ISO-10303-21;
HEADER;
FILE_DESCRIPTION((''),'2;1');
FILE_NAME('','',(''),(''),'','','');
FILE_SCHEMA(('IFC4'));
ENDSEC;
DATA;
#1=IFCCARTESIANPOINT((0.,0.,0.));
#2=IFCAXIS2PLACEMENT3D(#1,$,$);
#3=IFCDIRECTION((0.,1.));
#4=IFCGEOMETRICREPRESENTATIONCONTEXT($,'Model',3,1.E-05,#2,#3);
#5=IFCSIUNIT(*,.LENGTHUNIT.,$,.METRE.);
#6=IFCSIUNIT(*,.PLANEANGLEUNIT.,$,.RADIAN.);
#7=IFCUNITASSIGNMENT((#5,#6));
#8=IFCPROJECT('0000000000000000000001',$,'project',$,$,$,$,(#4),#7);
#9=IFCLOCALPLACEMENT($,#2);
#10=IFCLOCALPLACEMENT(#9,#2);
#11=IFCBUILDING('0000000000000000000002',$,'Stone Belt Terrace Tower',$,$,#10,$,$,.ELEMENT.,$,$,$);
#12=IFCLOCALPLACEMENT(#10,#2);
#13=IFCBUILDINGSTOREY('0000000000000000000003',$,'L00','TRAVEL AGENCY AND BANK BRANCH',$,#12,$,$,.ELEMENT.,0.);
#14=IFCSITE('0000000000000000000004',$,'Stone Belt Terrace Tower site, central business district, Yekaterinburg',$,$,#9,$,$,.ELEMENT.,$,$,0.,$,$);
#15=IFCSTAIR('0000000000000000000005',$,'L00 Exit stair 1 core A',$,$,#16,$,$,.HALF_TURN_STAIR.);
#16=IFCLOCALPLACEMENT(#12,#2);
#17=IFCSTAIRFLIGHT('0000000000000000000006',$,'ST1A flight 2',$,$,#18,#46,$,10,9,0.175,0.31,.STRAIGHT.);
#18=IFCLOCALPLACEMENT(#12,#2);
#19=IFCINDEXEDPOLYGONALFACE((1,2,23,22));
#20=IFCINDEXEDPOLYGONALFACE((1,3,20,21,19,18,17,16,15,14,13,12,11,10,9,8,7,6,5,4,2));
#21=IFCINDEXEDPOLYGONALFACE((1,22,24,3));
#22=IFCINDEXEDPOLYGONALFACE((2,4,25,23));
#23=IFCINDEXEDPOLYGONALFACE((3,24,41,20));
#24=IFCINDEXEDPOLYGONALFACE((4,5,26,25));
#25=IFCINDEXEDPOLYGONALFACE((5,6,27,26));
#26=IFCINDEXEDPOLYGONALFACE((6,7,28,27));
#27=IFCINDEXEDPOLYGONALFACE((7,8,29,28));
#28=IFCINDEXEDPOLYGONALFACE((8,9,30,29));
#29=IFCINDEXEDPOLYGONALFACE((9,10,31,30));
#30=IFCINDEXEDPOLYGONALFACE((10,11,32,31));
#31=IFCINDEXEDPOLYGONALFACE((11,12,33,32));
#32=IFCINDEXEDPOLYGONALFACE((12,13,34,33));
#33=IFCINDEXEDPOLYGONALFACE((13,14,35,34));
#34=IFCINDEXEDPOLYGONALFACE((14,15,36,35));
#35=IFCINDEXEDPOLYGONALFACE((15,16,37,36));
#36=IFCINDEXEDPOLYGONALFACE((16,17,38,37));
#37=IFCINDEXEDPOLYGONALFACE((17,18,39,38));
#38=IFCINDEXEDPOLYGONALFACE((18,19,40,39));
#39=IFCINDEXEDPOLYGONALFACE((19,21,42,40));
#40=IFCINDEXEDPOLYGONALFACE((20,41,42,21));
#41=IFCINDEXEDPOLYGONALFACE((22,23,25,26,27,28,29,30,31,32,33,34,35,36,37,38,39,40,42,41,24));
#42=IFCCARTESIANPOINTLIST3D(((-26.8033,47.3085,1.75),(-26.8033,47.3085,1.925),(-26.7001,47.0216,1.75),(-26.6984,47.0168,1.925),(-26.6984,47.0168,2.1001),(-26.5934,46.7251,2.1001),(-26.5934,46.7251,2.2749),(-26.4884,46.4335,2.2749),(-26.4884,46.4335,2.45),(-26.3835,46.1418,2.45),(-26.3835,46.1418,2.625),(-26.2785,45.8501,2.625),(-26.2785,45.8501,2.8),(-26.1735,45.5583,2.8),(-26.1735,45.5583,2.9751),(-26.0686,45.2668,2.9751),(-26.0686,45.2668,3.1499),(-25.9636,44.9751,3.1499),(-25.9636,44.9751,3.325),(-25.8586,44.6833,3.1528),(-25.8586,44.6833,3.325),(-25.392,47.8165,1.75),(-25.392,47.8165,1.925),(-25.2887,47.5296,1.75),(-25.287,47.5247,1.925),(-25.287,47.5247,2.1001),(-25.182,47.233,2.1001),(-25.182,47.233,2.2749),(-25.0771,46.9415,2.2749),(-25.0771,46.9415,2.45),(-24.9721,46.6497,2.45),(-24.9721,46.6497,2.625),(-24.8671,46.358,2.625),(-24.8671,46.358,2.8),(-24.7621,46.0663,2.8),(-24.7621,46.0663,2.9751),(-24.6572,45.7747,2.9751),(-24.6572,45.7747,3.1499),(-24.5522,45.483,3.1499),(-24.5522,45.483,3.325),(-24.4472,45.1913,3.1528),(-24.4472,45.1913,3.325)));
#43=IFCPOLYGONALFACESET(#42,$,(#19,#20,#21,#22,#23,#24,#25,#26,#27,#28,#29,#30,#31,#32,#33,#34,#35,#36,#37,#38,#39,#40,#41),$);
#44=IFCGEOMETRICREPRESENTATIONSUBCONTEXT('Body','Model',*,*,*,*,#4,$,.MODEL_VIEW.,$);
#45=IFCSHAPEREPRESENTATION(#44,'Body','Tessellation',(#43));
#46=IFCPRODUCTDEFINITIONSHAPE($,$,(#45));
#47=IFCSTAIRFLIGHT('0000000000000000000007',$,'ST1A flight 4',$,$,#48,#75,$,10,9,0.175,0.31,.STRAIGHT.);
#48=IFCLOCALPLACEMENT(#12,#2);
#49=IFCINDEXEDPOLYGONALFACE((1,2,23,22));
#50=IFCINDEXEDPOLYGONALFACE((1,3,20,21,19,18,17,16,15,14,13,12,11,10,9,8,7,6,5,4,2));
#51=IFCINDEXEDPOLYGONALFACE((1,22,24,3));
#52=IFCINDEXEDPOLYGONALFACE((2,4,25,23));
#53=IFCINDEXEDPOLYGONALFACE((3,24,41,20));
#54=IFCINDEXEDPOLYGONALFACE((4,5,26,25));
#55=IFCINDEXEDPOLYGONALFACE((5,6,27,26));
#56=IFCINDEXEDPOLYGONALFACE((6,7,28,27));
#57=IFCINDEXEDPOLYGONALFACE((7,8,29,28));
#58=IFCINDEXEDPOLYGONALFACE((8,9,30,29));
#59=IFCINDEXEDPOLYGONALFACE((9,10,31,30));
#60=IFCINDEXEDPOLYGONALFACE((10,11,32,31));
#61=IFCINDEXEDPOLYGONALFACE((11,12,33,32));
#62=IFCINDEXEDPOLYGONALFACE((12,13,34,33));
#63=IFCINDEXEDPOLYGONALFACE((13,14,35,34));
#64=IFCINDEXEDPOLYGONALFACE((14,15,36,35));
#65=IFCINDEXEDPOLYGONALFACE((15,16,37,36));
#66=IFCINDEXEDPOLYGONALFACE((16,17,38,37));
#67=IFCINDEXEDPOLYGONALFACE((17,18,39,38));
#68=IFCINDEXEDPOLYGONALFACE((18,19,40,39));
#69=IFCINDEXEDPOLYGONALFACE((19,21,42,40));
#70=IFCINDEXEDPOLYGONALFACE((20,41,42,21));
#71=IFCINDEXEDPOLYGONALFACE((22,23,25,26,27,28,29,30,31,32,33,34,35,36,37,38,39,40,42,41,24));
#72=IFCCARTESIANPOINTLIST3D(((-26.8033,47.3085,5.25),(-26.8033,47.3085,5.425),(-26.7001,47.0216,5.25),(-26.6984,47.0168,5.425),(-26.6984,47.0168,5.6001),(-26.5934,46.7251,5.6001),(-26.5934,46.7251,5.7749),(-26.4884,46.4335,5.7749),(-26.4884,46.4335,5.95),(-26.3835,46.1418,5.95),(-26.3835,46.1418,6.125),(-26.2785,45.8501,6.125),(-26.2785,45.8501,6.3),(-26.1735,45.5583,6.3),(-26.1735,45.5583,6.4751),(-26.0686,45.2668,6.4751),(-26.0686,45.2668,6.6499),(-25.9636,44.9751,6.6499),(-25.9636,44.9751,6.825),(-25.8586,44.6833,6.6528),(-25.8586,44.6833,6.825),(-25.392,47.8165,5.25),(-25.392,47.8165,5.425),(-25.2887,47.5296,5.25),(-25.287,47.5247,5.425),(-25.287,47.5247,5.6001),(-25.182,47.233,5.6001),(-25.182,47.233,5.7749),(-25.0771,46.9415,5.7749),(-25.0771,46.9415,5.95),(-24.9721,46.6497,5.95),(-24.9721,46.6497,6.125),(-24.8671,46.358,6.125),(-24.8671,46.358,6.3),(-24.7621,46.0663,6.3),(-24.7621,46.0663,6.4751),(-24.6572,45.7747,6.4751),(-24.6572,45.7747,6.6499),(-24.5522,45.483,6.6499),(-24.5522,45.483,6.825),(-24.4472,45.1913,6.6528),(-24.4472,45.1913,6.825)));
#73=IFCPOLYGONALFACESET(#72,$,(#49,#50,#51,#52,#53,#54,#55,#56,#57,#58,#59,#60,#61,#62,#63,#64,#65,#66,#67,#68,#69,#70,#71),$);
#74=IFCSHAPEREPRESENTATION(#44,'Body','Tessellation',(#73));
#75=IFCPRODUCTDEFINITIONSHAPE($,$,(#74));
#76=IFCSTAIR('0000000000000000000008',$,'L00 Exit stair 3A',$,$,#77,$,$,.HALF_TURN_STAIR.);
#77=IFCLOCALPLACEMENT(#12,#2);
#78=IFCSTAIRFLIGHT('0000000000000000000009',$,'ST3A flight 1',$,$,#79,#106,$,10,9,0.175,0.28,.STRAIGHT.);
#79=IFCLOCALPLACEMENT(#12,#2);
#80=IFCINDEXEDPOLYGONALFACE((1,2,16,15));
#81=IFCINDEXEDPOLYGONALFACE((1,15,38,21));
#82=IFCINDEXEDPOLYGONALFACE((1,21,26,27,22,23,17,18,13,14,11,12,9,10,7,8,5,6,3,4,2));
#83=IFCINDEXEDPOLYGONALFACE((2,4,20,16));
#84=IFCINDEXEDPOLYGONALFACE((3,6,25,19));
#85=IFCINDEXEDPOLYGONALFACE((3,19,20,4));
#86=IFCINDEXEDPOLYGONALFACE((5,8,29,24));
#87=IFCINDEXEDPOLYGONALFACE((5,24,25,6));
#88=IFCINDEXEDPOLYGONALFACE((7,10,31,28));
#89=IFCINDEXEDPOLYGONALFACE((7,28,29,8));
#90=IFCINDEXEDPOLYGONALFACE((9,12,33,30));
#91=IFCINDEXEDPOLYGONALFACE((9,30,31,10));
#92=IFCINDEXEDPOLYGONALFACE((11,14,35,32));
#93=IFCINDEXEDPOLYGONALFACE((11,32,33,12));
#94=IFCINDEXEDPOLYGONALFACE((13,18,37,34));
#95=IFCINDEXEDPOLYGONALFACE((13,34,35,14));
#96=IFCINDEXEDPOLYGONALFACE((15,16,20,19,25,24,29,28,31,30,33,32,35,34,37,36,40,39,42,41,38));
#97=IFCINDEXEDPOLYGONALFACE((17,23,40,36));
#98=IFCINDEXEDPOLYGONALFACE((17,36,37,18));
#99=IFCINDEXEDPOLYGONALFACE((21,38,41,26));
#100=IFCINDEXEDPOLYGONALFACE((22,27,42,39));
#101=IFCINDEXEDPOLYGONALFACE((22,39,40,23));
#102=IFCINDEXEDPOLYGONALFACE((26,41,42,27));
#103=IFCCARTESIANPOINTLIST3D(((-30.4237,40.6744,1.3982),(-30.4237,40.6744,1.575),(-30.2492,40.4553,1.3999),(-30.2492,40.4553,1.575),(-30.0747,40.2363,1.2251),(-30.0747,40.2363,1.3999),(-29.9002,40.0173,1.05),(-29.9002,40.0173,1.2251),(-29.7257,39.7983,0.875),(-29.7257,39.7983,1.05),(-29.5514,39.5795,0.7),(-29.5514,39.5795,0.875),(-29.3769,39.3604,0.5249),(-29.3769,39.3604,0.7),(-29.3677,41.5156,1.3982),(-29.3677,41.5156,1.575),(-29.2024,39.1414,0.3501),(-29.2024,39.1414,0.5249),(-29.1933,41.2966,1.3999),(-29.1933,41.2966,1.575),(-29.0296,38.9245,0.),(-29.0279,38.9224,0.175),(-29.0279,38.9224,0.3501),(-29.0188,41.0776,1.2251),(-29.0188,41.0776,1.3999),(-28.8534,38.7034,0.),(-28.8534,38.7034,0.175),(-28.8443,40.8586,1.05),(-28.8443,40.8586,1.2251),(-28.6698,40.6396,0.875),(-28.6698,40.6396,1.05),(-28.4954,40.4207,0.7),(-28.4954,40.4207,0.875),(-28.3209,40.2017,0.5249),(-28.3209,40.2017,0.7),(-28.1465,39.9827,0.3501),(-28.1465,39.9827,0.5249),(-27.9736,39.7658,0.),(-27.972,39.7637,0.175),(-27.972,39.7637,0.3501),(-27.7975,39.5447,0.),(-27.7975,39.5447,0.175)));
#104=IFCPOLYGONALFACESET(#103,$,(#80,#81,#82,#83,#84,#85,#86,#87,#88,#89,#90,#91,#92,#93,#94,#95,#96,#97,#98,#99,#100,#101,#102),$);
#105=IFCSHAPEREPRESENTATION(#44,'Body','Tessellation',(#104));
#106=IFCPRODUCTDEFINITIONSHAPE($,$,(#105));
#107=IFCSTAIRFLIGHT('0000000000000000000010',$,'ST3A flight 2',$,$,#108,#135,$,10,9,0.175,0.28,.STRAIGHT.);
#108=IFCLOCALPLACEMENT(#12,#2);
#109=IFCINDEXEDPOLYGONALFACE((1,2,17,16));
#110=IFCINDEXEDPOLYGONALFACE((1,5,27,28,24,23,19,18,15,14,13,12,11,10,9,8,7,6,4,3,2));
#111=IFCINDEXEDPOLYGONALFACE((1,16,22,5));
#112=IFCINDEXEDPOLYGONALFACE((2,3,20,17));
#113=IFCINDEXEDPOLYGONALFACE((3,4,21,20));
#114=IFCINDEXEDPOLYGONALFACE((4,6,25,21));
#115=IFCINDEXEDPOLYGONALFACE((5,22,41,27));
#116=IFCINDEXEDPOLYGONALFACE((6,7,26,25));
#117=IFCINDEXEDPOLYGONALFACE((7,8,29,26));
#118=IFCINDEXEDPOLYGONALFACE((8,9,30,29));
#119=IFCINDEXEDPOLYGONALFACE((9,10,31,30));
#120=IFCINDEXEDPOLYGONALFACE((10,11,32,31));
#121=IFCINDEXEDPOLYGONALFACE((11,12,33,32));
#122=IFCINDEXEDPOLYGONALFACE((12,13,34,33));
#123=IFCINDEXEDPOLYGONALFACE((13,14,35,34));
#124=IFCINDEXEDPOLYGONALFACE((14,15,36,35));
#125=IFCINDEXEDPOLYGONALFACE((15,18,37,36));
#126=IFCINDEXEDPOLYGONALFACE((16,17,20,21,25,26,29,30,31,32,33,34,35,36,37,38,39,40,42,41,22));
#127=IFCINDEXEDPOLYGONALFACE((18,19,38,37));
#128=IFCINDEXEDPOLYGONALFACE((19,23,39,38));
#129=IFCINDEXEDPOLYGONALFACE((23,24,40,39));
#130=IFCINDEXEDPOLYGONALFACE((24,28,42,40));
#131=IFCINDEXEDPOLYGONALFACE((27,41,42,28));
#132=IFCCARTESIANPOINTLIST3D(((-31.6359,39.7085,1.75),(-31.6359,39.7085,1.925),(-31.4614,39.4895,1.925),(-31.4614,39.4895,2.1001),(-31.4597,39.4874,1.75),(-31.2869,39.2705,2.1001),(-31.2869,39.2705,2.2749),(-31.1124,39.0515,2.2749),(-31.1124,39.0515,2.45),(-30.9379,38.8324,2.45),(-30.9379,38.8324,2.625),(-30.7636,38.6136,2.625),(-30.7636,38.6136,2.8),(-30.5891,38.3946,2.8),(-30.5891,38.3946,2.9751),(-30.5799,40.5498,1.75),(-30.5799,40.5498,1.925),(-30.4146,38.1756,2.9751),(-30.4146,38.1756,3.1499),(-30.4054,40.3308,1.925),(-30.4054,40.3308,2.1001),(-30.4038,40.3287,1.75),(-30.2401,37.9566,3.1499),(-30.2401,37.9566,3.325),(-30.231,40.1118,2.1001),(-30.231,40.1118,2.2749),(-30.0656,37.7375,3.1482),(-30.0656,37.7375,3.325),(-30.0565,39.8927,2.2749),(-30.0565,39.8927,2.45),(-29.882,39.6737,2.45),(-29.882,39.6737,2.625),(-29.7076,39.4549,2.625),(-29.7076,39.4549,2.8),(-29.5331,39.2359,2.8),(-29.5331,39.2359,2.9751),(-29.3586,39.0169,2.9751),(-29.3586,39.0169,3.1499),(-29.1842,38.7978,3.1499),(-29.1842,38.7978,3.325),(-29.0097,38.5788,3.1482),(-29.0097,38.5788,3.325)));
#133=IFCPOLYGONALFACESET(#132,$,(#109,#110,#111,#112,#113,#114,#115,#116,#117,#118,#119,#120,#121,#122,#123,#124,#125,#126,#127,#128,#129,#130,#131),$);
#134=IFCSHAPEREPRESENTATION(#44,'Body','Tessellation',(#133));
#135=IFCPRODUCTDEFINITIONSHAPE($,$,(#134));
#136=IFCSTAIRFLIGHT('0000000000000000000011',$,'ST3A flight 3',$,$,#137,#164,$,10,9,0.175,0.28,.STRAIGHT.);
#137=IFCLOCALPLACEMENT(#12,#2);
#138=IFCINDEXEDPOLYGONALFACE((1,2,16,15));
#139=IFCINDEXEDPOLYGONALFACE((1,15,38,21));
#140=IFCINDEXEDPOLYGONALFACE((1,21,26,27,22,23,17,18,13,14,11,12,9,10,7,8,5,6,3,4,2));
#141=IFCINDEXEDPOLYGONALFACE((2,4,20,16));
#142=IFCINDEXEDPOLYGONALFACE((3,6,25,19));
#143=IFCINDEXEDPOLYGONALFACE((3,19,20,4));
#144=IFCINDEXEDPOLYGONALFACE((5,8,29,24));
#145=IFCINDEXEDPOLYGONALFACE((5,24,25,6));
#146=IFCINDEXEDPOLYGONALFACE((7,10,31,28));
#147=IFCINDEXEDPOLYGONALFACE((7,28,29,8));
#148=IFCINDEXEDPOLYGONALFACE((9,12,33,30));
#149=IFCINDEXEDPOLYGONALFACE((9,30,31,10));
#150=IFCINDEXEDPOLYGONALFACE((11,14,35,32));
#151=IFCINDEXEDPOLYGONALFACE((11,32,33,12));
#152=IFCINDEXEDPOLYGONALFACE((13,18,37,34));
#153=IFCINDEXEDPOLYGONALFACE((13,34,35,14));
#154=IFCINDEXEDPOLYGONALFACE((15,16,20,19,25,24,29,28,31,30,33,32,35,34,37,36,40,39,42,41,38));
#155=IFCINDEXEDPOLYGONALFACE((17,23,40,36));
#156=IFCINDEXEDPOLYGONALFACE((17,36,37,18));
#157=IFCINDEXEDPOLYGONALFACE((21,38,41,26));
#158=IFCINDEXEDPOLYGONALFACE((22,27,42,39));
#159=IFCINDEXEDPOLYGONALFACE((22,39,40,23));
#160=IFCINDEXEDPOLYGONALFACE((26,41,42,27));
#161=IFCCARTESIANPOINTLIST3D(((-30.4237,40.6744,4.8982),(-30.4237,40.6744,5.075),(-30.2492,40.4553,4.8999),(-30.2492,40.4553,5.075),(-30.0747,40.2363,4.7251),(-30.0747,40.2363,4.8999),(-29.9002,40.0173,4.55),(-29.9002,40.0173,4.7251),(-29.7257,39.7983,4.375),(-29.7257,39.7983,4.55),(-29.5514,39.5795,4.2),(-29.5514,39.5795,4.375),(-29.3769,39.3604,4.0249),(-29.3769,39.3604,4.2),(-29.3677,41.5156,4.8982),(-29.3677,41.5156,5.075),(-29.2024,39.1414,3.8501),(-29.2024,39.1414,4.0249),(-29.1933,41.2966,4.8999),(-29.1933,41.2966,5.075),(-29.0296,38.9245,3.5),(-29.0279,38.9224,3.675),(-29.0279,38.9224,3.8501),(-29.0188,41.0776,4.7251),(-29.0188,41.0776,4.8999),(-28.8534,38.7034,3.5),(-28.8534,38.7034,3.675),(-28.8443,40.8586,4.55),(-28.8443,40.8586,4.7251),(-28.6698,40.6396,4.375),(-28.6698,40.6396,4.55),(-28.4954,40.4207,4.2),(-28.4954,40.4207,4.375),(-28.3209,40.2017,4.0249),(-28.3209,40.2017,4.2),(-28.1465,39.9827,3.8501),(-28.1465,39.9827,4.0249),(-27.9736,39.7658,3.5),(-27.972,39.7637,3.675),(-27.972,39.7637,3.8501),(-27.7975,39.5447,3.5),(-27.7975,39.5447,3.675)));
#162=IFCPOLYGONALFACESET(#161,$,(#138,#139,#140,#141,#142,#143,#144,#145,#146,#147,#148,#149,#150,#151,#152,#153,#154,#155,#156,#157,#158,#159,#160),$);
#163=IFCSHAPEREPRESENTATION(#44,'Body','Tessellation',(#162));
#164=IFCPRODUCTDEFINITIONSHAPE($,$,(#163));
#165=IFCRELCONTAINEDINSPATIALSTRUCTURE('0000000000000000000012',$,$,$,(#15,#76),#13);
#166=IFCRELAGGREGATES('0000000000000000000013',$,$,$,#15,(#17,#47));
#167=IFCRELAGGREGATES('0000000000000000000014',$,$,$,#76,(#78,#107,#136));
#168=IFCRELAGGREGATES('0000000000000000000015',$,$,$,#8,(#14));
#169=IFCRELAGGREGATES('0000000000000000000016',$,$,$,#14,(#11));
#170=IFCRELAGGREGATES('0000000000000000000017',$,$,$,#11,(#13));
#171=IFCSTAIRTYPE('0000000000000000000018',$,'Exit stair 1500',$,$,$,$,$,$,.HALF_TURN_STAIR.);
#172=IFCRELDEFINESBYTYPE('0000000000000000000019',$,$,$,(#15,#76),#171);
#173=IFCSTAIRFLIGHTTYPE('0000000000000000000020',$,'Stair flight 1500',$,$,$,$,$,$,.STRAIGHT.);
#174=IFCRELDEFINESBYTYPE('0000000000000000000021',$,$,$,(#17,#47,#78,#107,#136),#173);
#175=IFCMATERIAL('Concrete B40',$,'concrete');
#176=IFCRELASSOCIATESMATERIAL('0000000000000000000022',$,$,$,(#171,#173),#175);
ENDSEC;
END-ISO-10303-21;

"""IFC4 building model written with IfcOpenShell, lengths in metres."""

from ifc_helpers import new_model, si_unit, direction, frame, origin, place, context, subcontext, project, spatial, polyline, outline, extrude, material, type_object, element, aggregate, save


model = new_model("IFC4")

# Units and contexts
model_context = context("Model", 3, precision=1e-05, world=origin(), true_north=direction((0.0, 1.0)))
body_context = subcontext(model_context, "Body", "Model", "MODEL_VIEW")
ifc_project = project(units=[si_unit("LENGTHUNIT", "METRE"), si_unit("PLANEANGLEUNIT", "RADIAN")], contexts=[model_context])

# Site, building, storey
site_placement = place(None, origin())
site = spatial("IfcSite", under=ifc_project, at=site_placement, Name="Stone Belt Terrace Tower site, central business district, Yekaterinburg", CompositionType="ELEMENT", RefElevation=0.0)
building_placement = place(site_placement, origin())
building = spatial("IfcBuilding", under=site, at=building_placement, Name="Stone Belt Terrace Tower", CompositionType="ELEMENT")
storey_placement = place(building_placement, origin())
storey = spatial("IfcBuildingStorey", under=building, at=storey_placement, Name="L00", Description="TRAVEL AGENCY AND BANK BRANCH", CompositionType="ELEMENT", Elevation=0.0)

# Stairs, stair flights
ifc_material_1 = material(Name="Concrete B40", Category="concrete")
stair_type = type_object("IfcStairType", Name="Exit stair 1500", PredefinedType="HALF_TURN_STAIR", material=ifc_material_1)
stair_1_placement = place(storey_placement, origin())
stair_1 = element("IfcStair", 1, at=stair_1_placement, inside=storey, type_object=stair_type, Name="L00 Exit stair 1 core A", PredefinedType="HALF_TURN_STAIR")
stair_flight_type = type_object("IfcStairFlightType", Name="Stair flight 1500", PredefinedType="STRAIGHT", material=ifc_material_1)
stair_flight_1_placement = place(storey_placement, frame((-26.0977, 47.5625, 1.75), z_axis=(0.0, 0.0, 1.0), x_axis=(0.338624, -0.940922, 0.0)))
stair_flight_1 = element("IfcStairFlight", 2, at=stair_flight_1_placement, type_object=stair_flight_type, Name="ST1A flight 2", NumberOfRisers=10, NumberOfTreads=9, PredefinedType="STRAIGHT", RiserHeight=0.175, TreadLength=0.31, context=body_context, shape_type="SweptSolid", body=[
    extrude(outline(polyline([(0.0, 0.0), (0.0, 0.175), (0.3101, 0.175), (0.3101, 0.3501), (0.6201, 0.3501), (0.6201, 0.5249), (0.9299, 0.5249), (0.9299, 0.7), (1.24, 0.7), (1.24, 0.875), (1.55, 0.875), (1.55, 1.05), (1.8601, 1.05), (1.8601, 1.2251), (2.1699, 1.2251), (2.1699, 1.3999), (2.48, 1.3999), (2.48, 1.575), (2.79, 1.575), (2.79, 1.75), (2.79, 1.4028), (0.3049, 0.0), (0.0, 0.0)])), frame((0.0, 0.75, 0.0), z_axis=(0.0, -1.0, 0.0), x_axis=(1.0, 0.0, 0.0)), (0.0, 0.0, 1.0), 1.5),
])
stair_flight_2_placement = place(storey_placement, frame((-26.0977, 47.5625, 5.25), z_axis=(0.0, 0.0, 1.0), x_axis=(0.338624, -0.940922, 0.0)))
stair_flight_2 = element("IfcStairFlight", 3, at=stair_flight_2_placement, type_object=stair_flight_type, Name="ST1A flight 4", NumberOfRisers=10, NumberOfTreads=9, PredefinedType="STRAIGHT", RiserHeight=0.175, TreadLength=0.31, context=body_context, shape_type="SweptSolid", body=[
    extrude(outline(polyline([(0.0, 0.0), (0.0, 0.175), (0.3101, 0.175), (0.3101, 0.3501), (0.6201, 0.3501), (0.6201, 0.5249), (0.9299, 0.5249), (0.9299, 0.7), (1.24, 0.7), (1.24, 0.875), (1.55, 0.875), (1.55, 1.05), (1.8601, 1.05), (1.8601, 1.2251), (2.1699, 1.2251), (2.1699, 1.3999), (2.48, 1.3999), (2.48, 1.575), (2.79, 1.575), (2.79, 1.75), (2.79, 1.4028), (0.3049, 0.0), (0.0, 0.0)])), frame((0.0, 0.75, 0.0), z_axis=(0.0, -1.0, 0.0), x_axis=(1.0, 0.0, 0.0)), (0.0, 0.0, 1.0), 1.5),
])
aggregate(stair_1, [stair_flight_1, stair_flight_2])
stair_2_placement = place(storey_placement, origin())
stair_2 = element("IfcStair", 4, at=stair_2_placement, inside=storey, type_object=stair_type, Name="L00 Exit stair 3A", PredefinedType="HALF_TURN_STAIR")
stair_flight_3_placement = place(storey_placement, frame((-28.3254, 39.124, 0.0), z_axis=(0.0, 0.0, 1.0), x_axis=(-0.623121, 0.782125, 0.0)))
stair_flight_3 = element("IfcStairFlight", 5, at=stair_flight_3_placement, type_object=stair_flight_type, Name="ST3A flight 1", NumberOfRisers=10, NumberOfTreads=9, PredefinedType="STRAIGHT", RiserHeight=0.175, TreadLength=0.28, context=body_context, shape_type="SweptSolid", body=[
    extrude(outline(polyline([(0.0, 0.0), (0.0, 0.175), (0.28, 0.175), (0.28, 0.3501), (0.5601, 0.3501), (0.5601, 0.5249), (0.8401, 0.5249), (0.8401, 0.7), (1.1201, 0.7), (1.1201, 0.875), (1.3999, 0.875), (1.3999, 1.05), (1.6799, 1.05), (1.6799, 1.2251), (1.96, 1.2251), (1.96, 1.3999), (2.24, 1.3999), (2.24, 1.575), (2.52, 1.575), (2.52, 1.75), (2.52, 1.3982), (0.2827, 0.0), (0.0, 0.0)])), frame((0.0, 0.675, 0.0), z_axis=(0.0, -1.0, 0.0), x_axis=(1.0, 0.0, 0.0)), (0.0, 0.0, 1.0), 1.3501),
])
stair_flight_4_placement = place(storey_placement, frame((-31.1079, 40.1292, 1.75), z_axis=(0.0, 0.0, 1.0), x_axis=(0.623121, -0.782125, 0.0)))
stair_flight_4 = element("IfcStairFlight", 6, at=stair_flight_4_placement, type_object=stair_flight_type, Name="ST3A flight 2", NumberOfRisers=10, NumberOfTreads=9, PredefinedType="STRAIGHT", RiserHeight=0.175, TreadLength=0.28, context=body_context, shape_type="SweptSolid", body=[
    extrude(outline(polyline([(0.0, 0.0), (0.0, 0.175), (0.28, 0.175), (0.28, 0.3501), (0.5601, 0.3501), (0.5601, 0.5249), (0.8401, 0.5249), (0.8401, 0.7), (1.1201, 0.7), (1.1201, 0.875), (1.3999, 0.875), (1.3999, 1.05), (1.6799, 1.05), (1.6799, 1.2251), (1.96, 1.2251), (1.96, 1.3999), (2.24, 1.3999), (2.24, 1.575), (2.52, 1.575), (2.52, 1.75), (2.52, 1.3982), (0.2827, 0.0), (0.0, 0.0)])), frame((0.0, 0.675, 0.0), z_axis=(0.0, -1.0, 0.0), x_axis=(1.0, 0.0, 0.0)), (0.0, 0.0, 1.0), 1.3501),
])
stair_flight_5_placement = place(storey_placement, frame((-28.3254, 39.124, 3.5), z_axis=(0.0, 0.0, 1.0), x_axis=(-0.623121, 0.782125, 0.0)))
stair_flight_5 = element("IfcStairFlight", 7, at=stair_flight_5_placement, type_object=stair_flight_type, Name="ST3A flight 3", NumberOfRisers=10, NumberOfTreads=9, PredefinedType="STRAIGHT", RiserHeight=0.175, TreadLength=0.28, context=body_context, shape_type="SweptSolid", body=[
    extrude(outline(polyline([(0.0, 0.0), (0.0, 0.175), (0.28, 0.175), (0.28, 0.3501), (0.5601, 0.3501), (0.5601, 0.5249), (0.8401, 0.5249), (0.8401, 0.7), (1.1201, 0.7), (1.1201, 0.875), (1.3999, 0.875), (1.3999, 1.05), (1.6799, 1.05), (1.6799, 1.2251), (1.96, 1.2251), (1.96, 1.3999), (2.24, 1.3999), (2.24, 1.575), (2.52, 1.575), (2.52, 1.75), (2.52, 1.3982), (0.2827, 0.0), (0.0, 0.0)])), frame((0.0, 0.675, 0.0), z_axis=(0.0, -1.0, 0.0), x_axis=(1.0, 0.0, 0.0)), (0.0, 0.0, 1.0), 1.3501),
])
aggregate(stair_2, [stair_flight_3, stair_flight_4, stair_flight_5])

save(model, "model.ifc")
